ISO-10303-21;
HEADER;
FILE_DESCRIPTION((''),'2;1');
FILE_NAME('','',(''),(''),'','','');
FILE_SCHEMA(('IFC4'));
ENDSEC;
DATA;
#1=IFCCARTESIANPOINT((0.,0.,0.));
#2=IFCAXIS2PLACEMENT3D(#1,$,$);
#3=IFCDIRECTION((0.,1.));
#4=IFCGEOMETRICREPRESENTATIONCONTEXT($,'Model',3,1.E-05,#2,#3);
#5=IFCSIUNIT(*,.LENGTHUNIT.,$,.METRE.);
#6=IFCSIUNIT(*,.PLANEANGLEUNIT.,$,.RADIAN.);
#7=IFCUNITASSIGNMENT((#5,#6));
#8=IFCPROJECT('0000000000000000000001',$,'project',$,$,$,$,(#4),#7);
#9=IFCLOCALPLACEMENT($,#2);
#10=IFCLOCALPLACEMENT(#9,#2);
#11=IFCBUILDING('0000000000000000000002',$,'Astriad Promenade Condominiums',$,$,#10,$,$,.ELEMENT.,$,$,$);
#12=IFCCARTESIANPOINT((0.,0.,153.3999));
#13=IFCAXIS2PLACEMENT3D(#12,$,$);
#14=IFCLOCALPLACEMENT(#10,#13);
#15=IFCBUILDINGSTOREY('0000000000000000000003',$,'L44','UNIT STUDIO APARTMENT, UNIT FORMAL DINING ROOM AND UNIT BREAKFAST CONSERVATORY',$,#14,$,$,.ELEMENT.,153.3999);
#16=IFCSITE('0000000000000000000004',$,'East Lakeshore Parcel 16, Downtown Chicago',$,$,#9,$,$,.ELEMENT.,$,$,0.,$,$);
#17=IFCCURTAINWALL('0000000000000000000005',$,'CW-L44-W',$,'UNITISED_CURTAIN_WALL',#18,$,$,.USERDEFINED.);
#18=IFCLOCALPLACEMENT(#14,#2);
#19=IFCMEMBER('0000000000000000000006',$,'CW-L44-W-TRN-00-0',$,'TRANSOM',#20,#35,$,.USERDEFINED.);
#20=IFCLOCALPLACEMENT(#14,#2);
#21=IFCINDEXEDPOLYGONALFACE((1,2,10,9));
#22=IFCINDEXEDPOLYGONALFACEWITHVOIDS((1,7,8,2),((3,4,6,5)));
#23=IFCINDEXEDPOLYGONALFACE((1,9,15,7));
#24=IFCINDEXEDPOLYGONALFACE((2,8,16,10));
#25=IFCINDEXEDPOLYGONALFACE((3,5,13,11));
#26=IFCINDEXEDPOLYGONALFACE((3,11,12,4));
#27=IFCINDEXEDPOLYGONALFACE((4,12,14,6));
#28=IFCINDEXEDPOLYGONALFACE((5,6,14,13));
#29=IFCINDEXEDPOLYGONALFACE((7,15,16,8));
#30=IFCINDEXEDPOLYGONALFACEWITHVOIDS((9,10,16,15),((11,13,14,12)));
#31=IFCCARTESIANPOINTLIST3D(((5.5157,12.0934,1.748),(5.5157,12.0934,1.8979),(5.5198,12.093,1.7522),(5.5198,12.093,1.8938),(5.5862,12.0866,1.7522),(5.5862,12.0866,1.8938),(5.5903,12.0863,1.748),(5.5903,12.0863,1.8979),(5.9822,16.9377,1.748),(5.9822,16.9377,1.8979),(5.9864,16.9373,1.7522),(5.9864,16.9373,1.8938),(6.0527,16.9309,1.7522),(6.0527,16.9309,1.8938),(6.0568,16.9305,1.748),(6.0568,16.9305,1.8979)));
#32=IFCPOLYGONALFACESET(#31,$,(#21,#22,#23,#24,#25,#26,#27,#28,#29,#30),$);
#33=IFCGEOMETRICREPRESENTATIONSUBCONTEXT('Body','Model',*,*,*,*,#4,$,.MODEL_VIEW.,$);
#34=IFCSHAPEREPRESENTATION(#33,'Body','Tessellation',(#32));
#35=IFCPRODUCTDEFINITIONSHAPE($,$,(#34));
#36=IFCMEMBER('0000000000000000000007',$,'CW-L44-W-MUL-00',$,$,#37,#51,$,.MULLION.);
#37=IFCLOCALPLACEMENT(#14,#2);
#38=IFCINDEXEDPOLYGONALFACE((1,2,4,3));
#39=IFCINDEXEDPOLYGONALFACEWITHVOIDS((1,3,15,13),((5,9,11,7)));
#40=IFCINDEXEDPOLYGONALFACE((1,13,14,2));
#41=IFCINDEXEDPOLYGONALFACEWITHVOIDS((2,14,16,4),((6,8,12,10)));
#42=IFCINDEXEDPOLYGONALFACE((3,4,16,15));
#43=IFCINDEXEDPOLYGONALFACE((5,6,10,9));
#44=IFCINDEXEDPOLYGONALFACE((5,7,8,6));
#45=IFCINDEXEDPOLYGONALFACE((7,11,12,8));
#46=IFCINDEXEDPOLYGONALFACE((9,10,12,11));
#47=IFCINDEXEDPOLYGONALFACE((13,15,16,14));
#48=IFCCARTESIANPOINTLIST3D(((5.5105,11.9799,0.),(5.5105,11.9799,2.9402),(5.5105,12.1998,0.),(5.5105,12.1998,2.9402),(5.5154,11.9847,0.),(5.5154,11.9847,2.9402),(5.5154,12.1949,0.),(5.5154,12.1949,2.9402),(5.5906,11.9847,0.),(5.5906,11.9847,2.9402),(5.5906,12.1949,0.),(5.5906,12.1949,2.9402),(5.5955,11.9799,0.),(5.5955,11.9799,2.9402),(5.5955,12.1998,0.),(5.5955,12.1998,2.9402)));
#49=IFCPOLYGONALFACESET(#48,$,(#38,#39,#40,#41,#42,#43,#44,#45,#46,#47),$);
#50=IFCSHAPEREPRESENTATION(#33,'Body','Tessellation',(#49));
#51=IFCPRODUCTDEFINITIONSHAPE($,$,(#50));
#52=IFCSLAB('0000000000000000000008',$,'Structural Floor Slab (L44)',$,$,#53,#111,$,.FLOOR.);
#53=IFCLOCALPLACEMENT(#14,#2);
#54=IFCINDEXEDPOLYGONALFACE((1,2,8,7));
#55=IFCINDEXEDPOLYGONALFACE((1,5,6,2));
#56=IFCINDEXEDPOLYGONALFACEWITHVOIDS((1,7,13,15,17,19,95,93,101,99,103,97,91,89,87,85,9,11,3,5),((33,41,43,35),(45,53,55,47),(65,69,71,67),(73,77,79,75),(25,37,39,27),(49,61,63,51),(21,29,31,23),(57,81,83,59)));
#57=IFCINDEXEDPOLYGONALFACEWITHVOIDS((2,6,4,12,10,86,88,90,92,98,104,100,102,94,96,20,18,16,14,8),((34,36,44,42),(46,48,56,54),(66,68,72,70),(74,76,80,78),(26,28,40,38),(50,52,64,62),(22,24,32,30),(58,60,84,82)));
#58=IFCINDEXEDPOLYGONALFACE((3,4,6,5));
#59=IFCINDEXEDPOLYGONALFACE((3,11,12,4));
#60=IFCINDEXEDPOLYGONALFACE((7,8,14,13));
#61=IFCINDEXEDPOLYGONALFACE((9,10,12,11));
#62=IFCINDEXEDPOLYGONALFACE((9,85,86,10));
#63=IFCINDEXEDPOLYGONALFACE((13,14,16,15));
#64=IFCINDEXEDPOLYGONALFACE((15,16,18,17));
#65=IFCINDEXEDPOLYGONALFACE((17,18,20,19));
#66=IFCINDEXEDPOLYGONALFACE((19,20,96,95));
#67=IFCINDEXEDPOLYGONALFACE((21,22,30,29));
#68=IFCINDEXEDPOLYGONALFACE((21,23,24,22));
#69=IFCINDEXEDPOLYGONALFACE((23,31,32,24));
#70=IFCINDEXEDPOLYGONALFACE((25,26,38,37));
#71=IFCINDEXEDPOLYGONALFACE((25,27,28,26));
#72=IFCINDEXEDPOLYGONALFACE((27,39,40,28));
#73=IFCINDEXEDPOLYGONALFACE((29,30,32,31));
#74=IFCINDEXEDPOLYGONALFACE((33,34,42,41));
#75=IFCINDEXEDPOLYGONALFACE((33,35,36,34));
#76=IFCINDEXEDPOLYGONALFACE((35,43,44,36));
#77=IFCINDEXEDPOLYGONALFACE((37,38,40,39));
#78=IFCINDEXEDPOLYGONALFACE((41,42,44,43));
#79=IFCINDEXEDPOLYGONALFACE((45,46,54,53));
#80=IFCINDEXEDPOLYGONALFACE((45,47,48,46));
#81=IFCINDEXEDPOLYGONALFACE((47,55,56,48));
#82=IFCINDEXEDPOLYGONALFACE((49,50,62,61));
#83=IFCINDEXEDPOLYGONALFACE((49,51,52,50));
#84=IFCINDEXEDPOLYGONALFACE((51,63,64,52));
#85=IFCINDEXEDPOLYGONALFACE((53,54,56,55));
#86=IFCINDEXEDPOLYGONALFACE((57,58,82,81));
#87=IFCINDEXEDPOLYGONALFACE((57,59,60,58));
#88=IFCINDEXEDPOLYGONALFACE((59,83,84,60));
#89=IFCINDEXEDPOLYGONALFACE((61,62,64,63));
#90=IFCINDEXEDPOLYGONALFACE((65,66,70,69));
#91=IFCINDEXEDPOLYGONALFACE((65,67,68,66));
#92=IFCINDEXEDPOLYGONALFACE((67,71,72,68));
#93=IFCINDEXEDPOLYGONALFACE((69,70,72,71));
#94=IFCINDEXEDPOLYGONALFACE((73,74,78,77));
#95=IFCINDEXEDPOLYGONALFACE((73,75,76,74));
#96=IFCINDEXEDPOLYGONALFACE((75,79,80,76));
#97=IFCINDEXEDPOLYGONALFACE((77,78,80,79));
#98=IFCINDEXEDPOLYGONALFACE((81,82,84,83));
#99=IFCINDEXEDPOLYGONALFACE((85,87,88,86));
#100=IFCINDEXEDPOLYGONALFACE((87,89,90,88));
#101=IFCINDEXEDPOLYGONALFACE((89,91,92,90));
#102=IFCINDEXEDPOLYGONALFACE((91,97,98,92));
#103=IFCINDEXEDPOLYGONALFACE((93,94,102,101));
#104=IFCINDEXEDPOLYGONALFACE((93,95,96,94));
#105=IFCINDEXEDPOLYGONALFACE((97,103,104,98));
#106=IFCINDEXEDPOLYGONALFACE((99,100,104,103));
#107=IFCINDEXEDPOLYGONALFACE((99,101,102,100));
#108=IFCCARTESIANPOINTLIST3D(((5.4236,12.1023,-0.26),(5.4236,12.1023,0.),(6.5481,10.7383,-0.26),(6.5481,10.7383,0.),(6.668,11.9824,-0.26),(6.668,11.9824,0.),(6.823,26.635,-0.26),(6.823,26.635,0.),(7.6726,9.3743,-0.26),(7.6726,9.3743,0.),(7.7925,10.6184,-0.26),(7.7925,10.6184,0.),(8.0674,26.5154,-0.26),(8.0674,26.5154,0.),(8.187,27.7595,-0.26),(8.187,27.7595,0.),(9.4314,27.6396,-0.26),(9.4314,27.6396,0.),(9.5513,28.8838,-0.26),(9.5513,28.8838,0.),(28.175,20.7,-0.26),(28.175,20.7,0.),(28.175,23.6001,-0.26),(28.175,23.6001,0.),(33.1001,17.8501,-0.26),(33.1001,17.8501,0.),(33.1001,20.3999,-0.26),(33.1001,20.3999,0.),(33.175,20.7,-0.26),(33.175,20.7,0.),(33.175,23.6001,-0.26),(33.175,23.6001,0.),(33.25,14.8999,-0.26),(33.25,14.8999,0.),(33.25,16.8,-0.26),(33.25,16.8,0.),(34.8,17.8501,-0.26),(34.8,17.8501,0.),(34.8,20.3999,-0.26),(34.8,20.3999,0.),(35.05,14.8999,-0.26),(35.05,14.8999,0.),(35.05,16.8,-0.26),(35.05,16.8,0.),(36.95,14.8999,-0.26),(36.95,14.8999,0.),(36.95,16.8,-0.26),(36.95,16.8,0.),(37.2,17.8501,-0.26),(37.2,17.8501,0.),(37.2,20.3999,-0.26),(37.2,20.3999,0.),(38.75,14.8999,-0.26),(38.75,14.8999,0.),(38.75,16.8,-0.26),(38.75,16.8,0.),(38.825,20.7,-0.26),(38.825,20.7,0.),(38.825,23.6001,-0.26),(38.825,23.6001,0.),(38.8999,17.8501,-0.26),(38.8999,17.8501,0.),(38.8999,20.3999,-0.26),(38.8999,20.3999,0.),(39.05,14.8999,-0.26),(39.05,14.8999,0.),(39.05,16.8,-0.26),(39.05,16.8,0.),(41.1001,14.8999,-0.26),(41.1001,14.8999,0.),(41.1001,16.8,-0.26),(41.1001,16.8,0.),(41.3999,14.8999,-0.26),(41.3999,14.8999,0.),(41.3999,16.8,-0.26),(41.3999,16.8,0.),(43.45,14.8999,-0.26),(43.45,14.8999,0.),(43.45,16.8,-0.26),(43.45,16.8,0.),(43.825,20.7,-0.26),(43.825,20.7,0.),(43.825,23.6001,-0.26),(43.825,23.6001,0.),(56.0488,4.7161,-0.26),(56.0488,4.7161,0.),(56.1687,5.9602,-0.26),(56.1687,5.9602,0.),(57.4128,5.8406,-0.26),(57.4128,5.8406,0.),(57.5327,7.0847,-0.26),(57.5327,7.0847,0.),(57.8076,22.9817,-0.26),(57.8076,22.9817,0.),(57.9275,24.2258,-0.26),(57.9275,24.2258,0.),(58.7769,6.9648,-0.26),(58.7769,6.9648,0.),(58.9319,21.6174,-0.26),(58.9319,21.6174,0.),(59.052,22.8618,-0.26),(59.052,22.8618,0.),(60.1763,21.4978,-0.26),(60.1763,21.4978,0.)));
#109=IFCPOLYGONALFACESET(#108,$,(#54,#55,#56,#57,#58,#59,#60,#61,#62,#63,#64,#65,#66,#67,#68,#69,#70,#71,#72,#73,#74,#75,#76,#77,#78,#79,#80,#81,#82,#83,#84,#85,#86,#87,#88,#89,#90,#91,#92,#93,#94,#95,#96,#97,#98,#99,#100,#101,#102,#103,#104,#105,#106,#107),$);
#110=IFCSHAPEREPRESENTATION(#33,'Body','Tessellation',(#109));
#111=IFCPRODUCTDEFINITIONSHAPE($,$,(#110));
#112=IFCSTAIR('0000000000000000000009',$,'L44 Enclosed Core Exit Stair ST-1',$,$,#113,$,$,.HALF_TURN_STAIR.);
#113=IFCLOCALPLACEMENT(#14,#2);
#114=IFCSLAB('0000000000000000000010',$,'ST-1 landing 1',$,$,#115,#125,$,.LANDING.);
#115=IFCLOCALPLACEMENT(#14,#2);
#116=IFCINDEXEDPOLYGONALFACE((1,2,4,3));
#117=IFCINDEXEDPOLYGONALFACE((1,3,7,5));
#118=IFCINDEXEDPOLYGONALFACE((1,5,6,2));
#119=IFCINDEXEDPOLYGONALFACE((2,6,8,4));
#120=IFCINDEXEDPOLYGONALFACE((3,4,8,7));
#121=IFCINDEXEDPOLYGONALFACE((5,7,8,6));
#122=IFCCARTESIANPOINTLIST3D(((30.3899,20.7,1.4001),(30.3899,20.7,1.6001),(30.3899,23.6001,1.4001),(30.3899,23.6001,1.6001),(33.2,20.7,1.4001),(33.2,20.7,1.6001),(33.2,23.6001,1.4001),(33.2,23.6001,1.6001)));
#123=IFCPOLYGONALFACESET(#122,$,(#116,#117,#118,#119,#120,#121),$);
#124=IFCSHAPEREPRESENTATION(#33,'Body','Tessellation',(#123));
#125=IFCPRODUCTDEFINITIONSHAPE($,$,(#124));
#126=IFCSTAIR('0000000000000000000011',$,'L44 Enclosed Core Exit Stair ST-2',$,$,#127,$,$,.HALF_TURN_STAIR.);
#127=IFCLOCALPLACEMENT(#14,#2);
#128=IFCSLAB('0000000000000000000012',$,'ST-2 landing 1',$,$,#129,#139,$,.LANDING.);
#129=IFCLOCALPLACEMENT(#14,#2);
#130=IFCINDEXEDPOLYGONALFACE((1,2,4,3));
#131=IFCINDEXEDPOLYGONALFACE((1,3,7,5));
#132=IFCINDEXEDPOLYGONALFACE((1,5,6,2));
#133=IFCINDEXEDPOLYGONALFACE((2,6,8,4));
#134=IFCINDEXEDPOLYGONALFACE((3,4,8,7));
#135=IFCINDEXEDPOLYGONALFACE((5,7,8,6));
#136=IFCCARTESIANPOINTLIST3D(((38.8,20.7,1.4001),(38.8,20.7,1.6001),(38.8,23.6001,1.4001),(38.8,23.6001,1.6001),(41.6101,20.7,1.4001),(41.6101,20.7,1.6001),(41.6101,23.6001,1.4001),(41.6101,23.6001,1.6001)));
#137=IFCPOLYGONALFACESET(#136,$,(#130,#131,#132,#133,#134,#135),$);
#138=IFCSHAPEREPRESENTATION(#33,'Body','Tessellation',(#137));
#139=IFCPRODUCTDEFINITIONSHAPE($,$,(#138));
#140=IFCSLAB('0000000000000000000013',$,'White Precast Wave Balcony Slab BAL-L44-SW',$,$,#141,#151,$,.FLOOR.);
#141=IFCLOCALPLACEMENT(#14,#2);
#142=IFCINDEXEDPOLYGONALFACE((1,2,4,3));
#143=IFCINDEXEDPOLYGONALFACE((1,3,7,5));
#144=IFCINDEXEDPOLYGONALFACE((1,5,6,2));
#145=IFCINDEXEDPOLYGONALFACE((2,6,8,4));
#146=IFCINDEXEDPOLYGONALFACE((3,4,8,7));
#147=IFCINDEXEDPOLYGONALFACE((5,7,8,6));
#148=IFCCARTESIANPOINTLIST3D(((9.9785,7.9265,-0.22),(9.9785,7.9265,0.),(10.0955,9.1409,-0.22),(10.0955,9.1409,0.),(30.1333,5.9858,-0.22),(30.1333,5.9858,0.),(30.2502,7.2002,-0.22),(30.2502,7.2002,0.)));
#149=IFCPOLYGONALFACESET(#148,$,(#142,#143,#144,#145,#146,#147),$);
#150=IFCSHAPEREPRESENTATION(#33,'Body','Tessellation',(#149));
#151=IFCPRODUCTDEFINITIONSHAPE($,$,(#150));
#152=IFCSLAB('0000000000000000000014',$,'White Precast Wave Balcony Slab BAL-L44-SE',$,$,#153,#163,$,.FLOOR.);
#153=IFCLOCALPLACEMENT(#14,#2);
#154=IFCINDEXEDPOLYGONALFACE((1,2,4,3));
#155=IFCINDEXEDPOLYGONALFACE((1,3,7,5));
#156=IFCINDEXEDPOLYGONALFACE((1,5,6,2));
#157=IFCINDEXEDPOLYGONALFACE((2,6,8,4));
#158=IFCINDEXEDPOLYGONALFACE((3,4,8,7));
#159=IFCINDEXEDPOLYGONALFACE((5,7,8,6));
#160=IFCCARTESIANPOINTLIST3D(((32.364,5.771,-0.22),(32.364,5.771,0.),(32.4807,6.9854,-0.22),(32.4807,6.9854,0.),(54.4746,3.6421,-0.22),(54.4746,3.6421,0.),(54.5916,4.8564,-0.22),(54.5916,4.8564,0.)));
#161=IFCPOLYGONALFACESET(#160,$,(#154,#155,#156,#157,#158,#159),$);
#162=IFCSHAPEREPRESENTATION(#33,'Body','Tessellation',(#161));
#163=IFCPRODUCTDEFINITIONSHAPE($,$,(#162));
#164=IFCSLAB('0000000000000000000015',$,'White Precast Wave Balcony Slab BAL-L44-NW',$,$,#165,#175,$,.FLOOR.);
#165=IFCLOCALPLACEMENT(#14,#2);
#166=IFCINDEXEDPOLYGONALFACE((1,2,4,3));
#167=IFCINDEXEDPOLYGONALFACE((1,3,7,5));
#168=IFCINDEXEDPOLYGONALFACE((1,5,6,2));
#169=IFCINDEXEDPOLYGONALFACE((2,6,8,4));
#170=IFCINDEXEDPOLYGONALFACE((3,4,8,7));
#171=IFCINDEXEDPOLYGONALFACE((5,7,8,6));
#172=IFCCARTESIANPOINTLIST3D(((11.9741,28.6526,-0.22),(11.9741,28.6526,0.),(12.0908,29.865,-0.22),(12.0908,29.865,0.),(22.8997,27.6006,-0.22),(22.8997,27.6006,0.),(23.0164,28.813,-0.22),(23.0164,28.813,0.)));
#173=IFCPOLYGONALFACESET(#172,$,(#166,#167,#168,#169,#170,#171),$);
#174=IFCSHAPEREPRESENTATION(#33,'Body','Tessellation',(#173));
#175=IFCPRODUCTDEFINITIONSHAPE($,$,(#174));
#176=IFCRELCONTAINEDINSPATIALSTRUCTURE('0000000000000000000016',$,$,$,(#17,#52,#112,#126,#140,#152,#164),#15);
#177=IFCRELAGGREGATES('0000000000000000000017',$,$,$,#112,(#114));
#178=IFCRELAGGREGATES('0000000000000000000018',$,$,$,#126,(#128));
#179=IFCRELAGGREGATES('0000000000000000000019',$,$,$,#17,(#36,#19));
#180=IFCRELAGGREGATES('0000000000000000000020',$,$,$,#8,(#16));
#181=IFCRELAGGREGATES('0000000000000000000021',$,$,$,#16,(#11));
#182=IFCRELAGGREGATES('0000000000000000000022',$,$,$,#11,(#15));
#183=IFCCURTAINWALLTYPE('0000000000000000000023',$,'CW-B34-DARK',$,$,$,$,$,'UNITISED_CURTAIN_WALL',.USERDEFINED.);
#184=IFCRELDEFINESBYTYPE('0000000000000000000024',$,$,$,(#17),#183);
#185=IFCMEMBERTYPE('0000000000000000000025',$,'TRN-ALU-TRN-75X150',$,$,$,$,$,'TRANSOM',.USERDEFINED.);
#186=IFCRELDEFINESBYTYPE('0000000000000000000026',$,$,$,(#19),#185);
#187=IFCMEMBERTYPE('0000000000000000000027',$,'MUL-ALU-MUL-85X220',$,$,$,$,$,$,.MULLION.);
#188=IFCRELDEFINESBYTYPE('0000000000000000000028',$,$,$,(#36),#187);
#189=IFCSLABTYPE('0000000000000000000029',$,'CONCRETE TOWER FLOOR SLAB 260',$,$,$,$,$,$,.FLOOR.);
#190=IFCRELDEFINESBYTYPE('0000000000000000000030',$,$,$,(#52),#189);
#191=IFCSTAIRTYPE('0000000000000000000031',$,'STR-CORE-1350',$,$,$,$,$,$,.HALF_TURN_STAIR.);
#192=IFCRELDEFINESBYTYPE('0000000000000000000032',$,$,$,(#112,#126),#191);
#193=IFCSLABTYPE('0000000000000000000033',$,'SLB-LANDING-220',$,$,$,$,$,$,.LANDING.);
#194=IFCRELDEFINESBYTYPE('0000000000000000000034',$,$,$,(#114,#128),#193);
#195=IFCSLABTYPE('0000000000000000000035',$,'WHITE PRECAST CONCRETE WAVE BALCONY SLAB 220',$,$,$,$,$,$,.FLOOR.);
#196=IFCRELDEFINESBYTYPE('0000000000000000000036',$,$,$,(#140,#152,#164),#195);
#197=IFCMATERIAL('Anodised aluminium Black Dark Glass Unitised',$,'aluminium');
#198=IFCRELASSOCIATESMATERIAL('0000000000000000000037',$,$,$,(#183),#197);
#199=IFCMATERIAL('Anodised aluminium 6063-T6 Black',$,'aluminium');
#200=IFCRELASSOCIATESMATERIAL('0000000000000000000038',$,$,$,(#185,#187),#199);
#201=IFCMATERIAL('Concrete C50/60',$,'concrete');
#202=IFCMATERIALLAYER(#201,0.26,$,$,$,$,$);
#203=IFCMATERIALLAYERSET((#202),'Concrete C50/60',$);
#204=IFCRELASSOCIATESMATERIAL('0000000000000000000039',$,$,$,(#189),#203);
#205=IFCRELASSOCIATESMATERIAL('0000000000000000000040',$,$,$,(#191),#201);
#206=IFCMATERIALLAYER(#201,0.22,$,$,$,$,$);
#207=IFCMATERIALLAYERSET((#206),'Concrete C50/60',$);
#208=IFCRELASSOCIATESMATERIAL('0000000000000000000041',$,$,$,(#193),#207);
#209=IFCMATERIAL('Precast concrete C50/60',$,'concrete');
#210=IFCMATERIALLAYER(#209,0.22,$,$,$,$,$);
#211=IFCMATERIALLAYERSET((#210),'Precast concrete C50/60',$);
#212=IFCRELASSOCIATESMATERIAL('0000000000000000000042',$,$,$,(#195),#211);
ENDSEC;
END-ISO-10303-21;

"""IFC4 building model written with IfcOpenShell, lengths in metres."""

from ifc_helpers import new_model, si_unit, direction, frame, origin, origin_2d, place, context, subcontext, project, spatial, polyline, hollow_rectangle, outline, extrude, source, transform, mapped, material, layer, layer_set, material_profile, profile_set, type_object, type_shapes, element, aggregate, save


model = new_model("IFC4")

# Units and contexts
model_context = context("Model", 3, precision=1e-05, world=origin(), true_north=direction((0.0, 1.0)))
body_context = subcontext(model_context, "Body", "Model", "MODEL_VIEW")
ifc_project = project(units=[si_unit("LENGTHUNIT", "METRE"), si_unit("PLANEANGLEUNIT", "RADIAN")], contexts=[model_context])

# Site, building, storey
site_placement = place(None, origin())
site = spatial("IfcSite", under=ifc_project, at=site_placement, Name="East Lakeshore Parcel 16, Downtown Chicago", CompositionType="ELEMENT", RefElevation=0.0)
building_placement = place(site_placement, origin())
building = spatial("IfcBuilding", under=site, at=building_placement, Name="Astriad Promenade Condominiums", CompositionType="ELEMENT")
storey_placement = place(building_placement, frame((0.0, 0.0, 153.3999)))
storey = spatial("IfcBuildingStorey", under=building, at=storey_placement, Name="L44", Description="UNIT STUDIO APARTMENT, UNIT FORMAL DINING ROOM AND UNIT BREAKFAST CONSERVATORY", CompositionType="ELEMENT", Elevation=153.3999)

# Curtain wall, members
ifc_material_1 = material(Name="Anodised aluminium Black Dark Glass Unitised", Category="aluminium")
curtain_wall_type = type_object("IfcCurtainWallType", Name="CW-B34-DARK", ElementType="UNITISED_CURTAIN_WALL", PredefinedType="USERDEFINED", material=ifc_material_1)
curtain_wall_placement = place(storey_placement, origin())
curtain_wall = element("IfcCurtainWall", 1, at=curtain_wall_placement, inside=storey, type_object=curtain_wall_type, Name="CW-L44-W", ObjectType="UNITISED_CURTAIN_WALL", PredefinedType="USERDEFINED")
ifc_material_2 = material(Name="Anodised aluminium 6063-T6 Black", Category="aluminium")
ifc_material_profile_1 = material_profile(ifc_material_2, hollow_rectangle(XDim=0.075, YDim=0.1499, WallThickness=0.0042, at=origin_2d()), Name="ALU-TRN-75X150")
ifc_profile_set_1 = profile_set([ifc_material_profile_1], Name="Anodised aluminium 6063-T6 Black")
member_type_1 = type_object("IfcMemberType", Name="TRN-ALU-TRN-75X150", ElementType="TRANSOM", PredefinedType="USERDEFINED", material=ifc_profile_set_1)
shared_shape_1 = source(origin(), body_context, "Body", "SweptSolid", [
    extrude(hollow_rectangle(XDim=0.075, YDim=0.1499, WallThickness=0.0042, at=origin_2d()), origin(), (0.0, 0.0, 1.0), 4.8667),
])
type_shapes(member_type_1, [shared_shape_1])
member_1_placement = place(storey_placement, frame((5.553, 12.0898, 1.823), z_axis=(0.095867, 0.995394, 0.0), x_axis=(-0.995394, 0.095867, 0.0)))
member_1 = element("IfcMember", 2, at=member_1_placement, type_object=member_type_1, Name="CW-L44-W-TRN-00-0", ObjectType="TRANSOM", PredefinedType="USERDEFINED", context=body_context, shape_type="MappedRepresentation", body=[
    mapped(shared_shape_1, transform((0.0, 0.0, 0.0), scale=1.0)),
])
ifc_material_profile_2 = material_profile(ifc_material_2, hollow_rectangle(XDim=0.085, YDim=0.22, WallThickness=0.0049, at=origin_2d()), Name="ALU-MUL-85X220")
ifc_profile_set_2 = profile_set([ifc_material_profile_2], Name="Anodised aluminium 6063-T6 Black")
member_type_2 = type_object("IfcMemberType", Name="MUL-ALU-MUL-85X220", PredefinedType="MULLION", material=ifc_profile_set_2)
shared_shape_2 = source(origin(), body_context, "Body", "SweptSolid", [
    extrude(hollow_rectangle(XDim=0.085, YDim=0.22, WallThickness=0.0049, at=origin_2d()), origin(), (0.0, 0.0, 1.0), 2.9402),
])
type_shapes(member_type_2, [shared_shape_2])
member_2_placement = place(storey_placement, frame((5.553, 12.0898, 0.0), z_axis=(0.0, 0.0, 1.0), x_axis=(1.0, 0.0, 0.0)))
member_2 = element("IfcMember", 3, at=member_2_placement, type_object=member_type_2, Name="CW-L44-W-MUL-00", PredefinedType="MULLION", context=body_context, shape_type="MappedRepresentation", body=[
    mapped(shared_shape_2, transform((0.0, 0.0, 0.0), scale=1.0)),
])

# Slab
ifc_material_3 = material(Name="Concrete C50/60", Category="concrete")
ifc_layer_1 = layer(ifc_material_3, 0.26)
ifc_layer_set_1 = layer_set([ifc_layer_1], Name="Concrete C50/60")
slab_type_1 = type_object("IfcSlabType", Name="CONCRETE TOWER FLOOR SLAB 260", PredefinedType="FLOOR", material=ifc_layer_set_1)
slab_1_placement = place(storey_placement, frame((0.0, 0.0, -0.26)))
element("IfcSlab", 4, at=slab_1_placement, inside=storey, type_object=slab_type_1, Name="Structural Floor Slab (L44)", PredefinedType="FLOOR", context=body_context, shape_type="SweptSolid", body=[
    extrude(outline(polyline([(7.6726, 9.3743), (56.0488, 4.7161), (56.1687, 5.9602), (57.4128, 5.8406), (57.5327, 7.0847), (58.7769, 6.9648), (60.1763, 21.4978), (58.9319, 21.6174), (59.052, 22.8618), (57.8076, 22.9817), (57.9275, 24.2258), (9.5513, 28.8838), (9.4314, 27.6396), (8.187, 27.7595), (8.0674, 26.5154), (6.823, 26.635), (5.4236, 12.1023), (6.668, 11.9824), (6.5481, 10.7383), (7.7925, 10.6184), (7.6726, 9.3743)]), holes=[polyline([(28.175, 20.7), (33.175, 20.7), (33.175, 23.6001), (28.175, 23.6001), (28.175, 20.7)]), polyline([(38.825, 20.7), (43.825, 20.7), (43.825, 23.6001), (38.825, 23.6001), (38.825, 20.7)]), polyline([(33.1001, 17.8501), (34.8, 17.8501), (34.8, 20.3999), (33.1001, 20.3999), (33.1001, 17.8501)]), polyline([(37.2, 17.8501), (38.8999, 17.8501), (38.8999, 20.3999), (37.2, 20.3999), (37.2, 17.8501)]), polyline([(33.25, 14.8999), (35.05, 14.8999), (35.05, 16.8), (33.25, 16.8), (33.25, 14.8999)]), polyline([(36.95, 14.8999), (38.75, 14.8999), (38.75, 16.8), (36.95, 16.8), (36.95, 14.8999)]), polyline([(39.05, 14.8999), (41.1001, 14.8999), (41.1001, 16.8), (39.05, 16.8), (39.05, 14.8999)]), polyline([(41.3999, 14.8999), (43.45, 14.8999), (43.45, 16.8), (41.3999, 16.8), (41.3999, 14.8999)])]), origin(), (0.0, 0.0, 1.0), 0.26),
])

# Stairs, slabs
stair_type = type_object("IfcStairType", Name="STR-CORE-1350", PredefinedType="HALF_TURN_STAIR", material=ifc_material_3)
stair_1_placement = place(storey_placement, origin())
stair_1 = element("IfcStair", 5, at=stair_1_placement, inside=storey, type_object=stair_type, Name="L44 Enclosed Core Exit Stair ST-1", PredefinedType="HALF_TURN_STAIR")
ifc_layer_2 = layer(ifc_material_3, 0.22)
ifc_layer_set_2 = layer_set([ifc_layer_2], Name="Concrete C50/60")
slab_type_2 = type_object("IfcSlabType", Name="SLB-LANDING-220", PredefinedType="LANDING", material=ifc_layer_set_2)
slab_2_placement = place(storey_placement, frame((0.0, 0.0, 1.4001)))
slab_2 = element("IfcSlab", 6, at=slab_2_placement, type_object=slab_type_2, Name="ST-1 landing 1", PredefinedType="LANDING", context=body_context, shape_type="SweptSolid", body=[
    extrude(outline(polyline([(30.3899, 20.7), (33.2, 20.7), (33.2, 23.6001), (30.3899, 23.6001), (30.3899, 20.7)])), origin(), (0.0, 0.0, 1.0), 0.2),
])
aggregate(stair_1, [slab_2])
stair_2_placement = place(storey_placement, origin())
stair_2 = element("IfcStair", 7, at=stair_2_placement, inside=storey, type_object=stair_type, Name="L44 Enclosed Core Exit Stair ST-2", PredefinedType="HALF_TURN_STAIR")
slab_3_placement = place(storey_placement, frame((0.0, 0.0, 1.4001)))
slab_3 = element("IfcSlab", 8, at=slab_3_placement, type_object=slab_type_2, Name="ST-2 landing 1", PredefinedType="LANDING", context=body_context, shape_type="SweptSolid", body=[
    extrude(outline(polyline([(41.6101, 23.6001), (38.8, 23.6001), (38.8, 20.7), (41.6101, 20.7), (41.6101, 23.6001)])), origin(), (0.0, 0.0, 1.0), 0.2),
])
aggregate(stair_2, [slab_3])

# Slabs
ifc_material_4 = material(Name="Precast concrete C50/60", Category="concrete")
ifc_layer_3 = layer(ifc_material_4, 0.22)
ifc_layer_set_3 = layer_set([ifc_layer_3], Name="Precast concrete C50/60")
slab_type_3 = type_object("IfcSlabType", Name="WHITE PRECAST CONCRETE WAVE BALCONY SLAB 220", PredefinedType="FLOOR", material=ifc_layer_set_3)
slab_4_placement = place(storey_placement, frame((0.0, 0.0, -0.22)))
element("IfcSlab", 9, at=slab_4_placement, inside=storey, type_object=slab_type_3, Name="White Precast Wave Balcony Slab BAL-L44-SW", PredefinedType="FLOOR", context=body_context, shape_type="SweptSolid", body=[
    extrude(outline(polyline([(9.9785, 7.9265), (30.1333, 5.9858), (30.2502, 7.2002), (10.0955, 9.1409), (9.9785, 7.9265)])), origin(), (0.0, 0.0, 1.0), 0.22),
])
slab_5_placement = place(storey_placement, frame((0.0, 0.0, -0.22)))
element("IfcSlab", 10, at=slab_5_placement, inside=storey, type_object=slab_type_3, Name="White Precast Wave Balcony Slab BAL-L44-SE", PredefinedType="FLOOR", context=body_context, shape_type="SweptSolid", body=[
    extrude(outline(polyline([(32.364, 5.771), (54.4746, 3.6421), (54.5916, 4.8564), (32.4807, 6.9854), (32.364, 5.771)])), origin(), (0.0, 0.0, 1.0), 0.22),
])
slab_6_placement = place(storey_placement, frame((0.0, 0.0, -0.22)))
element("IfcSlab", 11, at=slab_6_placement, inside=storey, type_object=slab_type_3, Name="White Precast Wave Balcony Slab BAL-L44-NW", PredefinedType="FLOOR", context=body_context, shape_type="SweptSolid", body=[
    extrude(outline(polyline([(12.0908, 29.865), (23.0164, 28.813), (22.8997, 27.6006), (11.9741, 28.6526), (12.0908, 29.865)])), origin(), (0.0, 0.0, 1.0), 0.22),
])

aggregate(curtain_wall, [member_2, member_1])

save(model, "model.ifc")
